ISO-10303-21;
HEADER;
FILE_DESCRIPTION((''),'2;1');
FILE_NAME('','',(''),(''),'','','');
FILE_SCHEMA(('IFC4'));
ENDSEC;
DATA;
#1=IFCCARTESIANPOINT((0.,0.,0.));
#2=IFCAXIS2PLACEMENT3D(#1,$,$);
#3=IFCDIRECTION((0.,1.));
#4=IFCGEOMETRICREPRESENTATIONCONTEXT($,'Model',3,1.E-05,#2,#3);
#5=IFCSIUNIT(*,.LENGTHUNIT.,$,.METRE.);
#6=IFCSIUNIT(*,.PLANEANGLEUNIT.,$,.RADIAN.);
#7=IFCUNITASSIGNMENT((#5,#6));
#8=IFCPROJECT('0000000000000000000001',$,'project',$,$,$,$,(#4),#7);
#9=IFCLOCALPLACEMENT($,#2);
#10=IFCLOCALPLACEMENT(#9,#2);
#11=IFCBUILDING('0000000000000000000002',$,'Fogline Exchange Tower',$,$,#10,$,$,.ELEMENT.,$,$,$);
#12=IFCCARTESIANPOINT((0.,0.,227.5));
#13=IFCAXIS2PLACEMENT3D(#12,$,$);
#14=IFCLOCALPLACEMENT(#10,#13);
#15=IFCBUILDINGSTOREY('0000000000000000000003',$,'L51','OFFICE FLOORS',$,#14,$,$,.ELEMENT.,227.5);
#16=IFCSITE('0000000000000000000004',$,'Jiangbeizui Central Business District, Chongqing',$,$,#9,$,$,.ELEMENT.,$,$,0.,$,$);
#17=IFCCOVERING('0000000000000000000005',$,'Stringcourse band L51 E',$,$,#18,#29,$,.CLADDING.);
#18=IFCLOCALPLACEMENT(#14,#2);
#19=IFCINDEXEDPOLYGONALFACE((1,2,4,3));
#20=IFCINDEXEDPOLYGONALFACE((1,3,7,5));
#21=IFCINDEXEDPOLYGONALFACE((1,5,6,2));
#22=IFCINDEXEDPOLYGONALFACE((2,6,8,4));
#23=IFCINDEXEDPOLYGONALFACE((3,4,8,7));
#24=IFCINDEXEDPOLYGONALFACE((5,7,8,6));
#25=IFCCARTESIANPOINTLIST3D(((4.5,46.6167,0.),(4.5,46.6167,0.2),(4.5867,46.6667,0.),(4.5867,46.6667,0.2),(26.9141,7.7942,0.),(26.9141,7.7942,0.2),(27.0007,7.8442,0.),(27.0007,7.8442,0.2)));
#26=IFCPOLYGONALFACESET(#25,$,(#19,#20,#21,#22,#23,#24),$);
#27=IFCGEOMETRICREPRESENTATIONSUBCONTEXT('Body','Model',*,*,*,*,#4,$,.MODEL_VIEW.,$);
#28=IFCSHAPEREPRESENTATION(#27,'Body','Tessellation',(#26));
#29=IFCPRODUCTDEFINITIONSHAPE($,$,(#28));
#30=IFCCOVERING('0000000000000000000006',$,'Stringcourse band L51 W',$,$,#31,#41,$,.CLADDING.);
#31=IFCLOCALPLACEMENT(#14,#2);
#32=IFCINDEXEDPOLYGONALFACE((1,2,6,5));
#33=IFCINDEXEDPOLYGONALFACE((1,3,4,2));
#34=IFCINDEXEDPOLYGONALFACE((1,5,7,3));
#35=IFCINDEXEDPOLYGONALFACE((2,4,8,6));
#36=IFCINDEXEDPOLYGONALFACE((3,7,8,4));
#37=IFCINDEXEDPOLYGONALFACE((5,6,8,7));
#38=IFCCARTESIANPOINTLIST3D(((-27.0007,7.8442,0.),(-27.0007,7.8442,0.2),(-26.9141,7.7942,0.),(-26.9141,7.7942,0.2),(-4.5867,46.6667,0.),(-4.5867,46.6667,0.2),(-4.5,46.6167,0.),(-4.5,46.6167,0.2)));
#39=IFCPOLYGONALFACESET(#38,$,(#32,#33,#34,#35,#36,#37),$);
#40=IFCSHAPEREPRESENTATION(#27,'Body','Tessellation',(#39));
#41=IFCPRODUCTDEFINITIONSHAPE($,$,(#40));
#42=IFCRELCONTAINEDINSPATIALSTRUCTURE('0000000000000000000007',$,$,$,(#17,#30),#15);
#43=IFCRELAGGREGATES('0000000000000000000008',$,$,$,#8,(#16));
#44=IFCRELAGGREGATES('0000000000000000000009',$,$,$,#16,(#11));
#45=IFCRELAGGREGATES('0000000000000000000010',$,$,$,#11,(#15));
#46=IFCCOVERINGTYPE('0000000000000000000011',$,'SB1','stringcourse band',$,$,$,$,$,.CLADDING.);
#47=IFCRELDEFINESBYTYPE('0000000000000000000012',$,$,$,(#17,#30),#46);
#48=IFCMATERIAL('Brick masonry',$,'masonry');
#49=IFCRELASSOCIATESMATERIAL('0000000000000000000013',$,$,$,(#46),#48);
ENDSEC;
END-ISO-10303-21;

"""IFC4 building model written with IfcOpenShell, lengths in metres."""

from ifc_helpers import new_model, si_unit, direction, frame, origin, place, context, subcontext, project, spatial, polyline, outline, extrude, material, type_object, element, save


model = new_model("IFC4")

# Units and contexts
model_context = context("Model", 3, precision=1e-05, world=origin(), true_north=direction((0.0, 1.0)))
body_context = subcontext(model_context, "Body", "Model", "MODEL_VIEW")
ifc_project = project(units=[si_unit("LENGTHUNIT", "METRE"), si_unit("PLANEANGLEUNIT", "RADIAN")], contexts=[model_context])

# Site, building, storey
site_placement = place(None, origin())
site = spatial("IfcSite", under=ifc_project, at=site_placement, Name="Jiangbeizui Central Business District, Chongqing", CompositionType="ELEMENT", RefElevation=0.0)
building_placement = place(site_placement, origin())
building = spatial("IfcBuilding", under=site, at=building_placement, Name="Fogline Exchange Tower", CompositionType="ELEMENT")
storey_placement = place(building_placement, frame((0.0, 0.0, 227.5)))
storey = spatial("IfcBuildingStorey", under=building, at=storey_placement, Name="L51", Description="OFFICE FLOORS", CompositionType="ELEMENT", Elevation=227.5)

# Shared definitions
ifc_material_1 = material(Name="Brick masonry", Category="masonry")

# Coverings
covering_type = type_object("IfcCoveringType", Name="SB1", Description="stringcourse band", PredefinedType="CLADDING", material=ifc_material_1)
covering_1_placement = place(storey_placement, origin())
element("IfcCovering", 1, at=covering_1_placement, inside=storey, type_object=covering_type, Name="Stringcourse band L51 E", PredefinedType="CLADDING", context=body_context, shape_type="SweptSolid", body=[
    extrude(outline(polyline([(26.9141, 7.7942), (27.0007, 7.8442), (4.5867, 46.6667), (4.5, 46.6167), (26.9141, 7.7942)])), origin(), (0.0, 0.0, 1.0), 0.2),
])
covering_2_placement = place(storey_placement, origin())
element("IfcCovering", 2, at=covering_2_placement, inside=storey, type_object=covering_type, Name="Stringcourse band L51 W", PredefinedType="CLADDING", context=body_context, shape_type="SweptSolid", body=[
    extrude(outline(polyline([(-4.5, 46.6167), (-4.5867, 46.6667), (-27.0007, 7.8442), (-26.9141, 7.7942), (-4.5, 46.6167)])), origin(), (0.0, 0.0, 1.0), 0.2),
])

save(model, "model.ifc")
